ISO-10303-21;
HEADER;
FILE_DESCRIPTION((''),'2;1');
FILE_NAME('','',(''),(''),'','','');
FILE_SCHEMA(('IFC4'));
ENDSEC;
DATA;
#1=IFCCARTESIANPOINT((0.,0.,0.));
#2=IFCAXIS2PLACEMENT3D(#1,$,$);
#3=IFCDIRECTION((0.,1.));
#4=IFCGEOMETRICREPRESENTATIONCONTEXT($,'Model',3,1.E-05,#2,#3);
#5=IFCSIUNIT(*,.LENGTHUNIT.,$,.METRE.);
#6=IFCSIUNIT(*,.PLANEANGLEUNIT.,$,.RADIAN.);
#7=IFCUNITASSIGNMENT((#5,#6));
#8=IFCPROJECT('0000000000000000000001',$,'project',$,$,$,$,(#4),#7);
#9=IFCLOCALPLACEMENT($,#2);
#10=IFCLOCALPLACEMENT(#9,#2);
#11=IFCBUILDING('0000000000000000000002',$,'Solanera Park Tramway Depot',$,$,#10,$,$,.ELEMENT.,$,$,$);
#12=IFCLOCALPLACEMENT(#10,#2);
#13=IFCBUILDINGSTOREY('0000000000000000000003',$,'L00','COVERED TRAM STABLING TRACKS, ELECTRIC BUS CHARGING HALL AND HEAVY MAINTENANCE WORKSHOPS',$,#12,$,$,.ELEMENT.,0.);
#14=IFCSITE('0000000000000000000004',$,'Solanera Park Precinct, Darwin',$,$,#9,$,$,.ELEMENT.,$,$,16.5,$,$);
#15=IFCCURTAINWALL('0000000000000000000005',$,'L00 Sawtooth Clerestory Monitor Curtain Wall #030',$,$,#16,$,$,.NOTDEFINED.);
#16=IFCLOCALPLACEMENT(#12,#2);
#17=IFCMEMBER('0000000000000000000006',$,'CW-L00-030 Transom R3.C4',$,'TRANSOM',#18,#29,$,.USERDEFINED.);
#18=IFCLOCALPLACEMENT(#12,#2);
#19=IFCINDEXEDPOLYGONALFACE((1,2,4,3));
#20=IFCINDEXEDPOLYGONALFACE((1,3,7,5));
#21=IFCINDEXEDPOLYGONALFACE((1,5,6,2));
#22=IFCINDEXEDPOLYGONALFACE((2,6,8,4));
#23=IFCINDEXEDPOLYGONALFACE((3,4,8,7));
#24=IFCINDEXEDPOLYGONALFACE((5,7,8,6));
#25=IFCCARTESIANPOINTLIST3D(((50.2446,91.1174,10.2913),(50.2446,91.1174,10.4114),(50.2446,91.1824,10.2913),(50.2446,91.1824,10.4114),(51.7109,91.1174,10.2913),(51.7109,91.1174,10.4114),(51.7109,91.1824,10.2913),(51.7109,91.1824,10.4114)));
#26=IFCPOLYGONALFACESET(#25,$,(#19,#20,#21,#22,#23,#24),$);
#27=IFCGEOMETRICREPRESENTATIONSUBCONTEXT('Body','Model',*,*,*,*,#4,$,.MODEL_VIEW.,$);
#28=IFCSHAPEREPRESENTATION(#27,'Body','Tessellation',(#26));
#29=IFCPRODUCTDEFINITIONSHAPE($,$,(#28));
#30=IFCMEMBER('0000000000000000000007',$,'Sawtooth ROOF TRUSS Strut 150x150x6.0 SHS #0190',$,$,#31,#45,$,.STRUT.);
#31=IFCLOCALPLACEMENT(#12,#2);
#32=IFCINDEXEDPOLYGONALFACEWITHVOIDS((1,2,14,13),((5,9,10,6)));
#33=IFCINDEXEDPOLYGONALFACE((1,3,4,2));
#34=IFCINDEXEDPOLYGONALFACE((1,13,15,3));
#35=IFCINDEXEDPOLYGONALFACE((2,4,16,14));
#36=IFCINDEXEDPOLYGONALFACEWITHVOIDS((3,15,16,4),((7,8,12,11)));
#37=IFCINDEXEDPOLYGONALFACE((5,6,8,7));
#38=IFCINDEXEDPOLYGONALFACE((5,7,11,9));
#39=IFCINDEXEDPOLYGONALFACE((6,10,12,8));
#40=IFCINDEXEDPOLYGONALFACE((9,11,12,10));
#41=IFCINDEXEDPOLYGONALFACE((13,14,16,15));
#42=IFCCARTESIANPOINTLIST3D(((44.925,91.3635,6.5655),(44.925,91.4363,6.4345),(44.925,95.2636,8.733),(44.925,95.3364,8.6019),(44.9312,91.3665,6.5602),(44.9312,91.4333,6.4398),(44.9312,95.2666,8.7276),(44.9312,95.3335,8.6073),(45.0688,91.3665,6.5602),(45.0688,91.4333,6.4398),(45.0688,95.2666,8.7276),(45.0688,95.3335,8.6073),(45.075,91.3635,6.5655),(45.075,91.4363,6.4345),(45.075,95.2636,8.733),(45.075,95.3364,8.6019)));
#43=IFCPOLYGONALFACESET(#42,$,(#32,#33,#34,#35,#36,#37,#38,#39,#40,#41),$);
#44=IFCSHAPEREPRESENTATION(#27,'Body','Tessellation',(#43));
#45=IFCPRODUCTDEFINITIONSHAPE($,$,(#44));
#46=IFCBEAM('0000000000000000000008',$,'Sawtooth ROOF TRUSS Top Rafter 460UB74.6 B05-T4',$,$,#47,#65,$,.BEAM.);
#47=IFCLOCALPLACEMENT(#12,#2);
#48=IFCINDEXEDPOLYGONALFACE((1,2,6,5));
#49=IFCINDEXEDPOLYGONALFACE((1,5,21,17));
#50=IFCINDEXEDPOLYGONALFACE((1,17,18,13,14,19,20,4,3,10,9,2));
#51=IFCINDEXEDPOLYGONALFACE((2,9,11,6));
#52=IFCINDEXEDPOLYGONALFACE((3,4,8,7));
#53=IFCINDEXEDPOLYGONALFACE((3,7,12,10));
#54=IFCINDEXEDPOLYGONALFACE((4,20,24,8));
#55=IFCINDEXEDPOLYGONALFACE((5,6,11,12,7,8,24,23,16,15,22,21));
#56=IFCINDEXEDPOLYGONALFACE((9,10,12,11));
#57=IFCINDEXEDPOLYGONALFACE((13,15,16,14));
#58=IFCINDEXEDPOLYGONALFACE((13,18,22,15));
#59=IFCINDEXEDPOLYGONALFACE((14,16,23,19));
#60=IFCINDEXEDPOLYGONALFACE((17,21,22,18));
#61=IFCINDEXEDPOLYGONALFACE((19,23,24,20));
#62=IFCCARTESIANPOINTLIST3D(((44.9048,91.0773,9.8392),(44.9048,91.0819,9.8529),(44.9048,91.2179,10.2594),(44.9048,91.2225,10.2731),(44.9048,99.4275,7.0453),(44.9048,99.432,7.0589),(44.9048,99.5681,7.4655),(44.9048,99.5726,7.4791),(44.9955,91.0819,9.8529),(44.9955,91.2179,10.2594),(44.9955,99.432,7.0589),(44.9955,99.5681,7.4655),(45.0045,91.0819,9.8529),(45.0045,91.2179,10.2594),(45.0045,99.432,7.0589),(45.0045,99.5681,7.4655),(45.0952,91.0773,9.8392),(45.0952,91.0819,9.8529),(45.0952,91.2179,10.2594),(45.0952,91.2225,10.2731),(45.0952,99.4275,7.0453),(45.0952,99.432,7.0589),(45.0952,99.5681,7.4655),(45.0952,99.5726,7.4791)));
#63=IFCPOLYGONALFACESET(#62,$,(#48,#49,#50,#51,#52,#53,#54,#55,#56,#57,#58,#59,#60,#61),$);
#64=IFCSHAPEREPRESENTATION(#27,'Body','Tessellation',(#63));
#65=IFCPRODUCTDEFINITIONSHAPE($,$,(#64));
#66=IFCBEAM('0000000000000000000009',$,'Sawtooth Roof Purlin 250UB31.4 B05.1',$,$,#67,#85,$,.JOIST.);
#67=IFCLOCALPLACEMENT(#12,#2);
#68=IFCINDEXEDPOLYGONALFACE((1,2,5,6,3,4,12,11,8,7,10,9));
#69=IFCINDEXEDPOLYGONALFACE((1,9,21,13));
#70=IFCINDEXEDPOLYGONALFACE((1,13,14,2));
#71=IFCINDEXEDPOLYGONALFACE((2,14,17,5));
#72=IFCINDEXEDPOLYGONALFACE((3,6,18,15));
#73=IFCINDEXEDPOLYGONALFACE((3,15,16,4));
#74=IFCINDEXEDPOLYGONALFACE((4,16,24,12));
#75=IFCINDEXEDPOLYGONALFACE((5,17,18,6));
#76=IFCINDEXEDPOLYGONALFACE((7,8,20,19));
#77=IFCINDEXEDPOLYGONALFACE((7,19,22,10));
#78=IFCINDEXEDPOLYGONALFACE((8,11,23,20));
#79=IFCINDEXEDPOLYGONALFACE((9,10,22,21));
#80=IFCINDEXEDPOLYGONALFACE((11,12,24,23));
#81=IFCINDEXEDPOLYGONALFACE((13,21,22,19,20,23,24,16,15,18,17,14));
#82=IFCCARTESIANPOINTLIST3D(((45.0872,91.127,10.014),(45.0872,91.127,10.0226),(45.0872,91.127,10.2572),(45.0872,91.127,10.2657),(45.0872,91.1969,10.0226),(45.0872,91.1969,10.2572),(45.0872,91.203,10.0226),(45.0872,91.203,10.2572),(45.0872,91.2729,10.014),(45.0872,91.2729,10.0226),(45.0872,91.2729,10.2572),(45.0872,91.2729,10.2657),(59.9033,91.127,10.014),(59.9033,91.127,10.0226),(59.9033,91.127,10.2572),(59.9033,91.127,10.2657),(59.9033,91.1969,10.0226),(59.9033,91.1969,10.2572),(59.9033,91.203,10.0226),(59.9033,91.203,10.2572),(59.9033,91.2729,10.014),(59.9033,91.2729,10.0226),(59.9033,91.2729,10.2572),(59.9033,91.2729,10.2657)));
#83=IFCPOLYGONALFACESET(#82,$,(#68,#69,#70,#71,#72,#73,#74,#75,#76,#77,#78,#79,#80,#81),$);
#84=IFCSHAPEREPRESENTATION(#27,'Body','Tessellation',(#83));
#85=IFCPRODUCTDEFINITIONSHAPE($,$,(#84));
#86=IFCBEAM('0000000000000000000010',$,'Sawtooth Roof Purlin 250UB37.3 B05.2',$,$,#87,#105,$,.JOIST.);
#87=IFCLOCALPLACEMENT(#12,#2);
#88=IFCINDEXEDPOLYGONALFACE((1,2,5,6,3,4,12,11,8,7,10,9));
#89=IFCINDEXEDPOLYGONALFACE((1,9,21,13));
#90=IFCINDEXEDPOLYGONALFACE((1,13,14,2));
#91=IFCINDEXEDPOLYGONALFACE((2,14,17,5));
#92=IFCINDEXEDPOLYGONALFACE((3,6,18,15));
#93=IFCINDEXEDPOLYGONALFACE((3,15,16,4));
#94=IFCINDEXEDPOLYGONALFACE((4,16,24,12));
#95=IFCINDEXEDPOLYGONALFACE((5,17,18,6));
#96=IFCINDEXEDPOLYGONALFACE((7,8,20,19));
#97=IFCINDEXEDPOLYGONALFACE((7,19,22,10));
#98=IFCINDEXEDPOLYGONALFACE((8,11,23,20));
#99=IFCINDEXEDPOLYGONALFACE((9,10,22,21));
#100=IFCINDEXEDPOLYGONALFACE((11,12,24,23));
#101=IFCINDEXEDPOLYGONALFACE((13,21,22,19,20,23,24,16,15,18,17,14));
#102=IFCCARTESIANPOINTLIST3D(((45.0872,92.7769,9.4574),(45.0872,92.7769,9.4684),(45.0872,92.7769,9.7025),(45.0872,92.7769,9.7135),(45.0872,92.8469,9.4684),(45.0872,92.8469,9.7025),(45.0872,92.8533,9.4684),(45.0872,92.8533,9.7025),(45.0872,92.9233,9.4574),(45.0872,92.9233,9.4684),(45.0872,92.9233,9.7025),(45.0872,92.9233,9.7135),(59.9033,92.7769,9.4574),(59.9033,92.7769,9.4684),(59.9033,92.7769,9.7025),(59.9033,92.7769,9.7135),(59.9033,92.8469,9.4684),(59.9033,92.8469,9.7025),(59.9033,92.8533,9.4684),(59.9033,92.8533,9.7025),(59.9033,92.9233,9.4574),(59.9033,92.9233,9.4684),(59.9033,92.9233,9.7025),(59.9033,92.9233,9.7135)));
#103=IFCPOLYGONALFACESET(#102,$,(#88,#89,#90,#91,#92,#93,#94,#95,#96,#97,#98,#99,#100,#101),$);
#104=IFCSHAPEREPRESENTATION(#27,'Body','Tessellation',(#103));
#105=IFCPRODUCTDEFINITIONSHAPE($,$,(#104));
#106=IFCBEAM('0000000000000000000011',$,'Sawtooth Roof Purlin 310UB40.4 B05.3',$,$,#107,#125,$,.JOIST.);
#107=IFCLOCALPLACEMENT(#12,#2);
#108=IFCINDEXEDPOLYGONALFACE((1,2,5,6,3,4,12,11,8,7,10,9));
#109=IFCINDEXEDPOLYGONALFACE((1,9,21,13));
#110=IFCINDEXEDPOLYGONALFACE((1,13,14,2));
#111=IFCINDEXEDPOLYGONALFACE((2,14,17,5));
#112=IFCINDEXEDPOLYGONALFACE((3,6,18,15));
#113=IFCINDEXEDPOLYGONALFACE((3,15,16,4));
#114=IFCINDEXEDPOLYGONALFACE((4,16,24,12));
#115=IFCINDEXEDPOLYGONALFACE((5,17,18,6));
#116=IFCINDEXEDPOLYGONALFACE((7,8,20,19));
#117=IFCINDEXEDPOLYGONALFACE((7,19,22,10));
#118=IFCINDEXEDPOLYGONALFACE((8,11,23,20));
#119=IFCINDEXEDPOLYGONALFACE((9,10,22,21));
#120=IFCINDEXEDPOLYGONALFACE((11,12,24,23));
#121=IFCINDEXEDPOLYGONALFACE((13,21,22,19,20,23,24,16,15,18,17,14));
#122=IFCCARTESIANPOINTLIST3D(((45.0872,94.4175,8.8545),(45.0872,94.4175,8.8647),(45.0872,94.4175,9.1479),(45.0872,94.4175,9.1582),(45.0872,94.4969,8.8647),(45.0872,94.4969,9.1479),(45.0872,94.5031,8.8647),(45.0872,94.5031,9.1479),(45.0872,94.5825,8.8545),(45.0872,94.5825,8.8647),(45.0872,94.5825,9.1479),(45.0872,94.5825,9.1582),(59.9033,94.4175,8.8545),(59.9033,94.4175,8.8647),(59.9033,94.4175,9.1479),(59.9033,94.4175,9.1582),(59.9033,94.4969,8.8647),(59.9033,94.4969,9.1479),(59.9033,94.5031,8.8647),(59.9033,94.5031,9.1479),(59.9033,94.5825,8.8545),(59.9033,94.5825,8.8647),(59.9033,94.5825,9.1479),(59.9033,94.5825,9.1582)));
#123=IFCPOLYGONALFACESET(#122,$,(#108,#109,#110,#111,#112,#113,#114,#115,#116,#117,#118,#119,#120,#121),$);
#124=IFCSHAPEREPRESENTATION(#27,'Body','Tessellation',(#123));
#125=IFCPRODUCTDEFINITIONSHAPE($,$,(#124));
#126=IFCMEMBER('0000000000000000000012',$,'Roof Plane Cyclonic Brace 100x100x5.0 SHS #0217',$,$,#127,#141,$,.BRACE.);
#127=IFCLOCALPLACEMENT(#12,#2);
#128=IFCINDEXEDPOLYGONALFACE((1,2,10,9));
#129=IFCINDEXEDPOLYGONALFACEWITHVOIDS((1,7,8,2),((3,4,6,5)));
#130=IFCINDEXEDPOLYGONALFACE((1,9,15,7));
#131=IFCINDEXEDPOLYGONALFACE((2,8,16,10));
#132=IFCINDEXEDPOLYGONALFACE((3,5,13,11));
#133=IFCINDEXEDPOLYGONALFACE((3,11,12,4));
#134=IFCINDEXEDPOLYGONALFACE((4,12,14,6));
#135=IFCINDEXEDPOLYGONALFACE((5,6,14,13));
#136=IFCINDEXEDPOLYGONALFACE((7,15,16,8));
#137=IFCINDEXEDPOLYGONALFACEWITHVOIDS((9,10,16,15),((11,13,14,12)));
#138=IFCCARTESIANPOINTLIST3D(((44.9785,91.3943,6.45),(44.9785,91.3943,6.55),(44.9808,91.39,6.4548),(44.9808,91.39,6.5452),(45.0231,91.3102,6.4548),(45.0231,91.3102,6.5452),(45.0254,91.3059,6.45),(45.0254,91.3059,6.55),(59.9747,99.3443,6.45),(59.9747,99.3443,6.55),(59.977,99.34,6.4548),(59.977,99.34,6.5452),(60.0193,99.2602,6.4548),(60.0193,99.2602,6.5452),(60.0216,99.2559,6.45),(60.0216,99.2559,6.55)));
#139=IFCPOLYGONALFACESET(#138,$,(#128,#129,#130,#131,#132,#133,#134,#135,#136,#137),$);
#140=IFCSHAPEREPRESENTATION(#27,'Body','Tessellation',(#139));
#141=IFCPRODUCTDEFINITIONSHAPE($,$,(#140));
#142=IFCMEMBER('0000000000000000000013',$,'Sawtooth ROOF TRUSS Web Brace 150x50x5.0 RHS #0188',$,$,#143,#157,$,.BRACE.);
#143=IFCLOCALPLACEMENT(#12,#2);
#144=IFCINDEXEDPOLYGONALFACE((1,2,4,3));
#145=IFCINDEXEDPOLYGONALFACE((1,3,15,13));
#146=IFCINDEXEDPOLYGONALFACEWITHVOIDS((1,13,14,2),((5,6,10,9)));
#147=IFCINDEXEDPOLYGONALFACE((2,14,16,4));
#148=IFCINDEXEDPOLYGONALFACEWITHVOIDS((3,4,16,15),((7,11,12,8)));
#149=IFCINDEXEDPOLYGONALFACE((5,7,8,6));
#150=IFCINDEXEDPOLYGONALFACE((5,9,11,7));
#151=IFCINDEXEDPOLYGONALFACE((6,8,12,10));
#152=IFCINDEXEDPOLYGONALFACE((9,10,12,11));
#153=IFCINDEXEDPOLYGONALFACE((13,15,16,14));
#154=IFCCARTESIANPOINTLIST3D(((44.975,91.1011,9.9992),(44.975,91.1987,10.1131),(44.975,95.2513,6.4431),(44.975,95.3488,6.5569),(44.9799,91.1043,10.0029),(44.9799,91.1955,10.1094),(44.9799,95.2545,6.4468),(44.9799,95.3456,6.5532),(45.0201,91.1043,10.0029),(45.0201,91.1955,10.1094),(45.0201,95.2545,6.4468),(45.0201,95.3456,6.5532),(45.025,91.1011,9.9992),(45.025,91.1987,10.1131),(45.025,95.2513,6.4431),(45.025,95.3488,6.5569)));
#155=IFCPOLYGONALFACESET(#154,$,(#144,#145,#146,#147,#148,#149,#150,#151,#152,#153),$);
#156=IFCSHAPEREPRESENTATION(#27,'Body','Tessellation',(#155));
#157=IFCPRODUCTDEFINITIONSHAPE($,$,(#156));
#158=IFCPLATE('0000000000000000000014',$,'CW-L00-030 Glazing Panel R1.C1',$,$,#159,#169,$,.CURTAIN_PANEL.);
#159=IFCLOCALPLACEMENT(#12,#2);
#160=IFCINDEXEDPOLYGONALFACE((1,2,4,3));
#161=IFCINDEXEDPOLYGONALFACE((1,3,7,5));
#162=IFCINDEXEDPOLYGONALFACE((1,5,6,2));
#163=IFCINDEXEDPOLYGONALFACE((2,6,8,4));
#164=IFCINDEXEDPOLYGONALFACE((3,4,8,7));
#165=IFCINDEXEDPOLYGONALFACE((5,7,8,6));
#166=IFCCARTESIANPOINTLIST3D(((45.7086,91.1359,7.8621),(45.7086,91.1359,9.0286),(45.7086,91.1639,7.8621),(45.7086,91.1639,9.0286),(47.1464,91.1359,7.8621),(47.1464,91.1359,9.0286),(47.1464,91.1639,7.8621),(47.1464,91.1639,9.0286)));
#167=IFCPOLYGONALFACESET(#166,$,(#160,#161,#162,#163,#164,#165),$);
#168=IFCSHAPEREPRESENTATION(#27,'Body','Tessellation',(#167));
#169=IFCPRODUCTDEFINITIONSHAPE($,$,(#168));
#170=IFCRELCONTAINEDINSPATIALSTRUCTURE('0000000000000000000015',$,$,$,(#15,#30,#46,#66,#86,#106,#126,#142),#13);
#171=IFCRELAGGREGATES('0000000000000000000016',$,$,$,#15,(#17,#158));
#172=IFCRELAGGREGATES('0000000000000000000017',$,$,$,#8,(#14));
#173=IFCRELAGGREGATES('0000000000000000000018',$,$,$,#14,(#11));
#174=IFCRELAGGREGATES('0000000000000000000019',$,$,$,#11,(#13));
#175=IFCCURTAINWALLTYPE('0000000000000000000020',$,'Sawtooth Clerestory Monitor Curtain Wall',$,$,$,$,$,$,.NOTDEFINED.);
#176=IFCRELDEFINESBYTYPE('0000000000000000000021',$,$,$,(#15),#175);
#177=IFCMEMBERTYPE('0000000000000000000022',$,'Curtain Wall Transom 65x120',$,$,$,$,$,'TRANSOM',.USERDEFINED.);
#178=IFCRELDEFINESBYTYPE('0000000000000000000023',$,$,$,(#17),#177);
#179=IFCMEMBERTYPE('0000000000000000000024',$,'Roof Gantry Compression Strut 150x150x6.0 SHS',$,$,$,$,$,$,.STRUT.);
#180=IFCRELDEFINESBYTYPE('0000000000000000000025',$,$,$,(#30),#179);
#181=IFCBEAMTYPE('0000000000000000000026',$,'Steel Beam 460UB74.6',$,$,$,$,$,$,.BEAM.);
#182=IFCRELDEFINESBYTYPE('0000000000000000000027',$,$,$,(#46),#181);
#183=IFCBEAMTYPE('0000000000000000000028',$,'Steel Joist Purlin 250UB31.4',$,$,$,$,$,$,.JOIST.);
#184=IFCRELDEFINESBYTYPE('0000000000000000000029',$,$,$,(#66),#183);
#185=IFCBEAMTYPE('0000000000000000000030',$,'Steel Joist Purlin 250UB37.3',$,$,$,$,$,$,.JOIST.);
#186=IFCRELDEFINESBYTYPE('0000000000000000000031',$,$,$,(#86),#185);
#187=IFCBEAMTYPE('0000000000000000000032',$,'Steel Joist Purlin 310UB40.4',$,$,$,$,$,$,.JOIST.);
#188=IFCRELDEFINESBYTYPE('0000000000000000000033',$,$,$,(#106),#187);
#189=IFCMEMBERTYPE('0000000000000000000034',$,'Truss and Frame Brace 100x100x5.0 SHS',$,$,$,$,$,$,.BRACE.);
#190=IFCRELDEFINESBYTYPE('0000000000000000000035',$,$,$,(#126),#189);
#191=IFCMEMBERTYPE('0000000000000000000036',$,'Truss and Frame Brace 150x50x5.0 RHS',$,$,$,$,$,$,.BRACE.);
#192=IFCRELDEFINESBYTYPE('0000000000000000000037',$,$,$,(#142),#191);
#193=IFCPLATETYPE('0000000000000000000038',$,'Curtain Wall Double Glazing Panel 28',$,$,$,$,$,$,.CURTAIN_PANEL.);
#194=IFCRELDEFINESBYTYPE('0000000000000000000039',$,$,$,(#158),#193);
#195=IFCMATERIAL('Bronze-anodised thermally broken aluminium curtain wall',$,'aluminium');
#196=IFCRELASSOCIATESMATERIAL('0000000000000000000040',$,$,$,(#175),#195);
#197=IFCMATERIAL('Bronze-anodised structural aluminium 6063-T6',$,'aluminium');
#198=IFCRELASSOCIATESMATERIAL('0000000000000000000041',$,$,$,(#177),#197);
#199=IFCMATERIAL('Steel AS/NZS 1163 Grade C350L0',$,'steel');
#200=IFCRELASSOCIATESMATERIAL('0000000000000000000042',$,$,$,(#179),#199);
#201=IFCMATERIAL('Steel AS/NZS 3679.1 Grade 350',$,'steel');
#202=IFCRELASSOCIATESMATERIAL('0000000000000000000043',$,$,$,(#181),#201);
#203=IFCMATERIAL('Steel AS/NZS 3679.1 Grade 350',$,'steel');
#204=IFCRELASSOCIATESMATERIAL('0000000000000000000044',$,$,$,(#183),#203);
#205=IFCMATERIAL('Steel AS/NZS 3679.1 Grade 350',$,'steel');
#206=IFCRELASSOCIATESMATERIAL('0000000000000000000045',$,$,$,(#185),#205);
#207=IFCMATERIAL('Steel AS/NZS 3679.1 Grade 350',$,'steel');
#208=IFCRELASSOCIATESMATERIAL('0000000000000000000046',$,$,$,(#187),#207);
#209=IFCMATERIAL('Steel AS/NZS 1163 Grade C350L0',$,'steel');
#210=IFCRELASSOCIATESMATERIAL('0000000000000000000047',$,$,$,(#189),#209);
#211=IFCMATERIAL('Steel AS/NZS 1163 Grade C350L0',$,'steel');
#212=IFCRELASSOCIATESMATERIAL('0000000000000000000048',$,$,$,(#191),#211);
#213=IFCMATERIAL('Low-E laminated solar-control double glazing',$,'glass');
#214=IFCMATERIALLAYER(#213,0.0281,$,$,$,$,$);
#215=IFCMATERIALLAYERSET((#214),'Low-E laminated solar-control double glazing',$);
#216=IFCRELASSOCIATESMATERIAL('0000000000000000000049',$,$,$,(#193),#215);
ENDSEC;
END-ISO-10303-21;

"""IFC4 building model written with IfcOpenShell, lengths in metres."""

from ifc_helpers import new_model, si_unit, direction, frame, origin, origin_2d, place, context, subcontext, project, spatial, rectangle, hollow_rectangle, i_section, extrude, material, layer, layer_set, material_profile, profile_set, type_object, element, aggregate, save


model = new_model("IFC4")

# Units and contexts
model_context = context("Model", 3, precision=1e-05, world=origin(), true_north=direction((0.0, 1.0)))
body_context = subcontext(model_context, "Body", "Model", "MODEL_VIEW")
ifc_project = project(units=[si_unit("LENGTHUNIT", "METRE"), si_unit("PLANEANGLEUNIT", "RADIAN")], contexts=[model_context])

# Site, building, storey
site_placement = place(None, origin())
site = spatial("IfcSite", under=ifc_project, at=site_placement, Name="Solanera Park Precinct, Darwin", CompositionType="ELEMENT", RefElevation=16.5)
building_placement = place(site_placement, origin())
building = spatial("IfcBuilding", under=site, at=building_placement, Name="Solanera Park Tramway Depot", CompositionType="ELEMENT")
storey_placement = place(building_placement, origin())
storey = spatial("IfcBuildingStorey", under=building, at=storey_placement, Name="L00", Description="COVERED TRAM STABLING TRACKS, ELECTRIC BUS CHARGING HALL AND HEAVY MAINTENANCE WORKSHOPS", CompositionType="ELEMENT", Elevation=0.0)

# Curtain wall, member
ifc_material_1 = material(Name="Bronze-anodised thermally broken aluminium curtain wall", Category="aluminium")
curtain_wall_type = type_object("IfcCurtainWallType", Name="Sawtooth Clerestory Monitor Curtain Wall", PredefinedType="NOTDEFINED", material=ifc_material_1)
curtain_wall_placement = place(storey_placement, origin())
curtain_wall = element("IfcCurtainWall", 1, at=curtain_wall_placement, inside=storey, type_object=curtain_wall_type, Name="L00 Sawtooth Clerestory Monitor Curtain Wall #030", PredefinedType="NOTDEFINED")
ifc_material_2 = material(Name="Bronze-anodised structural aluminium 6063-T6", Category="aluminium")
ifc_material_profile_1 = material_profile(ifc_material_2, rectangle(XDim=0.0649, YDim=0.1201, at=origin_2d()), Name="Curtain Wall Transom 65x120")
ifc_profile_set_1 = profile_set([ifc_material_profile_1], Name="Bronze-anodised structural aluminium 6063-T6")
member_type_1 = type_object("IfcMemberType", Name="Curtain Wall Transom 65x120", ElementType="TRANSOM", PredefinedType="USERDEFINED", material=ifc_profile_set_1)
member_1_placement = place(storey_placement, frame((50.2446, 91.1499, 10.3513), z_axis=(1.0, 0.0, 0.0), x_axis=(0.0, 1.0, 0.0)))
member_1 = element("IfcMember", 2, at=member_1_placement, type_object=member_type_1, Name="CW-L00-030 Transom R3.C4", ObjectType="TRANSOM", PredefinedType="USERDEFINED", context=body_context, shape_type="SweptSolid", body=[
    extrude(rectangle(XDim=0.0649, YDim=0.1201, at=origin_2d()), origin(), (0.0, 0.0, 1.0), 1.4663),
])

# Member
ifc_material_3 = material(Name="Steel AS/NZS 1163 Grade C350L0", Category="steel")
ifc_material_profile_2 = material_profile(ifc_material_3, hollow_rectangle(XDim=0.1499, YDim=0.1499, WallThickness=0.0061, at=origin_2d()), Name="150x150x6.0 SHS")
ifc_profile_set_2 = profile_set([ifc_material_profile_2], Name="Steel AS/NZS 1163 Grade C350L0")
member_type_2 = type_object("IfcMemberType", Name="Roof Gantry Compression Strut 150x150x6.0 SHS", PredefinedType="STRUT", material=ifc_profile_set_2)
member_2_placement = place(storey_placement, frame((45.0, 91.3999, 6.5), z_axis=(0.0, 0.874088, 0.485768), x_axis=(-1.0, 0.0, 0.0)))
element("IfcMember", 3, at=member_2_placement, inside=storey, type_object=member_type_2, Name="Sawtooth ROOF TRUSS Strut 150x150x6.0 SHS #0190", PredefinedType="STRUT", context=body_context, shape_type="SweptSolid", body=[
    extrude(hollow_rectangle(XDim=0.1499, YDim=0.1499, WallThickness=0.0061, at=origin_2d()), origin(), (0.0, 0.0, 1.0), 4.4619),
])

# Beams
ifc_material_4 = material(Name="Steel AS/NZS 3679.1 Grade 350", Category="steel")
ifc_material_profile_3 = material_profile(ifc_material_4, i_section(OverallWidth=0.1904, OverallDepth=0.4575, WebThickness=0.009, FlangeThickness=0.0144, at=origin_2d()), Name="460UB74.6")
ifc_profile_set_3 = profile_set([ifc_material_profile_3], Name="Steel AS/NZS 3679.1 Grade 350")
beam_type_1 = type_object("IfcBeamType", Name="Steel Beam 460UB74.6", PredefinedType="BEAM", material=ifc_profile_set_3)
beam_1_placement = place(storey_placement, frame((45.0, 91.1499, 10.0562), z_axis=(0.0, 0.948322, -0.317309), x_axis=(-1.0, 0.0, 0.0)))
element("IfcBeam", 4, at=beam_1_placement, inside=storey, type_object=beam_type_1, Name="Sawtooth ROOF TRUSS Top Rafter 460UB74.6 B05-T4", PredefinedType="BEAM", context=body_context, shape_type="SweptSolid", body=[
    extrude(i_section(OverallWidth=0.1904, OverallDepth=0.4575, WebThickness=0.009, FlangeThickness=0.0144, at=origin_2d()), origin(), (0.0, 0.0, 1.0), 8.8052),
])
ifc_material_5 = material(Name="Steel AS/NZS 3679.1 Grade 350", Category="steel")
ifc_material_profile_4 = material_profile(ifc_material_5, i_section(OverallWidth=0.146, OverallDepth=0.2517, WebThickness=0.0061, FlangeThickness=0.0085, at=origin_2d()), Name="250UB31.4")
ifc_profile_set_4 = profile_set([ifc_material_profile_4], Name="Steel AS/NZS 3679.1 Grade 350")
beam_type_2 = type_object("IfcBeamType", Name="Steel Joist Purlin 250UB31.4", PredefinedType="JOIST", material=ifc_profile_set_4)
beam_2_placement = place(storey_placement, frame((45.0872, 91.2, 10.1399), z_axis=(1.0, 0.0, 0.0), x_axis=(0.0, 1.0, 0.0)))
element("IfcBeam", 5, at=beam_2_placement, inside=storey, type_object=beam_type_2, Name="Sawtooth Roof Purlin 250UB31.4 B05.1", PredefinedType="JOIST", context=body_context, shape_type="SweptSolid", body=[
    extrude(i_section(OverallWidth=0.146, OverallDepth=0.2517, WebThickness=0.0061, FlangeThickness=0.0085, at=origin_2d()), origin(), (0.0, 0.0, 1.0), 14.8162),
])
ifc_material_6 = material(Name="Steel AS/NZS 3679.1 Grade 350", Category="steel")
ifc_material_profile_5 = material_profile(ifc_material_6, i_section(OverallWidth=0.1465, OverallDepth=0.2561, WebThickness=0.0063, FlangeThickness=0.011, at=origin_2d()), Name="250UB37.3")
ifc_profile_set_5 = profile_set([ifc_material_profile_5], Name="Steel AS/NZS 3679.1 Grade 350")
beam_type_3 = type_object("IfcBeamType", Name="Steel Joist Purlin 250UB37.3", PredefinedType="JOIST", material=ifc_profile_set_5)
beam_3_placement = place(storey_placement, frame((45.0872, 92.8501, 9.5854), z_axis=(1.0, 0.0, 0.0), x_axis=(0.0, 1.0, 0.0)))
element("IfcBeam", 6, at=beam_3_placement, inside=storey, type_object=beam_type_3, Name="Sawtooth Roof Purlin 250UB37.3 B05.2", PredefinedType="JOIST", context=body_context, shape_type="SweptSolid", body=[
    extrude(i_section(OverallWidth=0.1465, OverallDepth=0.2561, WebThickness=0.0063, FlangeThickness=0.011, at=origin_2d()), origin(), (0.0, 0.0, 1.0), 14.8162),
])
ifc_material_7 = material(Name="Steel AS/NZS 3679.1 Grade 350", Category="steel")
ifc_material_profile_6 = material_profile(ifc_material_7, i_section(OverallWidth=0.165, OverallDepth=0.3037, WebThickness=0.0061, FlangeThickness=0.0103, at=origin_2d()), Name="310UB40.4")
ifc_profile_set_6 = profile_set([ifc_material_profile_6], Name="Steel AS/NZS 3679.1 Grade 350")
beam_type_4 = type_object("IfcBeamType", Name="Steel Joist Purlin 310UB40.4", PredefinedType="JOIST", material=ifc_profile_set_6)
beam_4_placement = place(storey_placement, frame((45.0872, 94.5, 9.0063), z_axis=(1.0, 0.0, 0.0), x_axis=(0.0, 1.0, 0.0)))
element("IfcBeam", 7, at=beam_4_placement, inside=storey, type_object=beam_type_4, Name="Sawtooth Roof Purlin 310UB40.4 B05.3", PredefinedType="JOIST", context=body_context, shape_type="SweptSolid", body=[
    extrude(i_section(OverallWidth=0.165, OverallDepth=0.3037, WebThickness=0.0061, FlangeThickness=0.0103, at=origin_2d()), origin(), (0.0, 0.0, 1.0), 14.8162),
])

# Members
ifc_material_8 = material(Name="Steel AS/NZS 1163 Grade C350L0", Category="steel")
ifc_material_profile_7 = material_profile(ifc_material_8, hollow_rectangle(XDim=0.1001, YDim=0.1001, WallThickness=0.0049, at=origin_2d()), Name="100x100x5.0 SHS")
ifc_profile_set_7 = profile_set([ifc_material_profile_7], Name="Steel AS/NZS 1163 Grade C350L0")
member_type_3 = type_object("IfcMemberType", Name="Truss and Frame Brace 100x100x5.0 SHS", PredefinedType="BRACE", material=ifc_profile_set_7)
member_3_placement = place(storey_placement, frame((45.002, 91.3501, 6.5), z_axis=(0.883524, 0.468387, 0.0), x_axis=(-0.468387, 0.883524, 0.0)))
element("IfcMember", 8, at=member_3_placement, inside=storey, type_object=member_type_3, Name="Roof Plane Cyclonic Brace 100x100x5.0 SHS #0217", PredefinedType="BRACE", context=body_context, shape_type="SweptSolid", body=[
    extrude(hollow_rectangle(XDim=0.1001, YDim=0.1001, WallThickness=0.0049, at=origin_2d()), origin(), (0.0, 0.0, 1.0), 16.9731),
])
ifc_material_9 = material(Name="Steel AS/NZS 1163 Grade C350L0", Category="steel")
ifc_material_profile_8 = material_profile(ifc_material_9, hollow_rectangle(XDim=0.05, YDim=0.1499, WallThickness=0.0049, at=origin_2d()), Name="150x50x5.0 RHS")
ifc_profile_set_8 = profile_set([ifc_material_profile_8], Name="Steel AS/NZS 1163 Grade C350L0")
member_type_4 = type_object("IfcMemberType", Name="Truss and Frame Brace 150x50x5.0 RHS", PredefinedType="BRACE", material=ifc_profile_set_8)
member_4_placement = place(storey_placement, frame((45.0, 95.3, 6.5), z_axis=(0.0, -0.759357, 0.650674), x_axis=(1.0, 0.0, 0.0)))
element("IfcMember", 9, at=member_4_placement, inside=storey, type_object=member_type_4, Name="Sawtooth ROOF TRUSS Web Brace 150x50x5.0 RHS #0188", PredefinedType="BRACE", context=body_context, shape_type="SweptSolid", body=[
    extrude(hollow_rectangle(XDim=0.05, YDim=0.1499, WallThickness=0.0049, at=origin_2d()), origin(), (0.0, 0.0, 1.0), 5.4653),
])

# Plate
ifc_material_10 = material(Name="Low-E laminated solar-control double glazing", Category="glass")
ifc_layer_1 = layer(ifc_material_10, 0.0281)
ifc_layer_set_1 = layer_set([ifc_layer_1], Name="Low-E laminated solar-control double glazing")
plate_type_1 = type_object("IfcPlateType", Name="Curtain Wall Double Glazing Panel 28", PredefinedType="CURTAIN_PANEL", material=ifc_layer_set_1)
plate_1_placement = place(storey_placement, frame((46.4275, 91.1499, 7.8621), z_axis=(0.0, 0.0, 1.0), x_axis=(1.0, 0.0, 0.0)))
plate_1 = element("IfcPlate", 10, at=plate_1_placement, type_object=plate_type_1, Name="CW-L00-030 Glazing Panel R1.C1", PredefinedType="CURTAIN_PANEL", context=body_context, shape_type="SweptSolid", body=[
    extrude(rectangle(XDim=1.4377, YDim=0.0281, at=origin_2d()), origin(), (0.0, 0.0, 1.0), 1.1665),
])
aggregate(curtain_wall, [member_1, plate_1])

save(model, "model.ifc")
